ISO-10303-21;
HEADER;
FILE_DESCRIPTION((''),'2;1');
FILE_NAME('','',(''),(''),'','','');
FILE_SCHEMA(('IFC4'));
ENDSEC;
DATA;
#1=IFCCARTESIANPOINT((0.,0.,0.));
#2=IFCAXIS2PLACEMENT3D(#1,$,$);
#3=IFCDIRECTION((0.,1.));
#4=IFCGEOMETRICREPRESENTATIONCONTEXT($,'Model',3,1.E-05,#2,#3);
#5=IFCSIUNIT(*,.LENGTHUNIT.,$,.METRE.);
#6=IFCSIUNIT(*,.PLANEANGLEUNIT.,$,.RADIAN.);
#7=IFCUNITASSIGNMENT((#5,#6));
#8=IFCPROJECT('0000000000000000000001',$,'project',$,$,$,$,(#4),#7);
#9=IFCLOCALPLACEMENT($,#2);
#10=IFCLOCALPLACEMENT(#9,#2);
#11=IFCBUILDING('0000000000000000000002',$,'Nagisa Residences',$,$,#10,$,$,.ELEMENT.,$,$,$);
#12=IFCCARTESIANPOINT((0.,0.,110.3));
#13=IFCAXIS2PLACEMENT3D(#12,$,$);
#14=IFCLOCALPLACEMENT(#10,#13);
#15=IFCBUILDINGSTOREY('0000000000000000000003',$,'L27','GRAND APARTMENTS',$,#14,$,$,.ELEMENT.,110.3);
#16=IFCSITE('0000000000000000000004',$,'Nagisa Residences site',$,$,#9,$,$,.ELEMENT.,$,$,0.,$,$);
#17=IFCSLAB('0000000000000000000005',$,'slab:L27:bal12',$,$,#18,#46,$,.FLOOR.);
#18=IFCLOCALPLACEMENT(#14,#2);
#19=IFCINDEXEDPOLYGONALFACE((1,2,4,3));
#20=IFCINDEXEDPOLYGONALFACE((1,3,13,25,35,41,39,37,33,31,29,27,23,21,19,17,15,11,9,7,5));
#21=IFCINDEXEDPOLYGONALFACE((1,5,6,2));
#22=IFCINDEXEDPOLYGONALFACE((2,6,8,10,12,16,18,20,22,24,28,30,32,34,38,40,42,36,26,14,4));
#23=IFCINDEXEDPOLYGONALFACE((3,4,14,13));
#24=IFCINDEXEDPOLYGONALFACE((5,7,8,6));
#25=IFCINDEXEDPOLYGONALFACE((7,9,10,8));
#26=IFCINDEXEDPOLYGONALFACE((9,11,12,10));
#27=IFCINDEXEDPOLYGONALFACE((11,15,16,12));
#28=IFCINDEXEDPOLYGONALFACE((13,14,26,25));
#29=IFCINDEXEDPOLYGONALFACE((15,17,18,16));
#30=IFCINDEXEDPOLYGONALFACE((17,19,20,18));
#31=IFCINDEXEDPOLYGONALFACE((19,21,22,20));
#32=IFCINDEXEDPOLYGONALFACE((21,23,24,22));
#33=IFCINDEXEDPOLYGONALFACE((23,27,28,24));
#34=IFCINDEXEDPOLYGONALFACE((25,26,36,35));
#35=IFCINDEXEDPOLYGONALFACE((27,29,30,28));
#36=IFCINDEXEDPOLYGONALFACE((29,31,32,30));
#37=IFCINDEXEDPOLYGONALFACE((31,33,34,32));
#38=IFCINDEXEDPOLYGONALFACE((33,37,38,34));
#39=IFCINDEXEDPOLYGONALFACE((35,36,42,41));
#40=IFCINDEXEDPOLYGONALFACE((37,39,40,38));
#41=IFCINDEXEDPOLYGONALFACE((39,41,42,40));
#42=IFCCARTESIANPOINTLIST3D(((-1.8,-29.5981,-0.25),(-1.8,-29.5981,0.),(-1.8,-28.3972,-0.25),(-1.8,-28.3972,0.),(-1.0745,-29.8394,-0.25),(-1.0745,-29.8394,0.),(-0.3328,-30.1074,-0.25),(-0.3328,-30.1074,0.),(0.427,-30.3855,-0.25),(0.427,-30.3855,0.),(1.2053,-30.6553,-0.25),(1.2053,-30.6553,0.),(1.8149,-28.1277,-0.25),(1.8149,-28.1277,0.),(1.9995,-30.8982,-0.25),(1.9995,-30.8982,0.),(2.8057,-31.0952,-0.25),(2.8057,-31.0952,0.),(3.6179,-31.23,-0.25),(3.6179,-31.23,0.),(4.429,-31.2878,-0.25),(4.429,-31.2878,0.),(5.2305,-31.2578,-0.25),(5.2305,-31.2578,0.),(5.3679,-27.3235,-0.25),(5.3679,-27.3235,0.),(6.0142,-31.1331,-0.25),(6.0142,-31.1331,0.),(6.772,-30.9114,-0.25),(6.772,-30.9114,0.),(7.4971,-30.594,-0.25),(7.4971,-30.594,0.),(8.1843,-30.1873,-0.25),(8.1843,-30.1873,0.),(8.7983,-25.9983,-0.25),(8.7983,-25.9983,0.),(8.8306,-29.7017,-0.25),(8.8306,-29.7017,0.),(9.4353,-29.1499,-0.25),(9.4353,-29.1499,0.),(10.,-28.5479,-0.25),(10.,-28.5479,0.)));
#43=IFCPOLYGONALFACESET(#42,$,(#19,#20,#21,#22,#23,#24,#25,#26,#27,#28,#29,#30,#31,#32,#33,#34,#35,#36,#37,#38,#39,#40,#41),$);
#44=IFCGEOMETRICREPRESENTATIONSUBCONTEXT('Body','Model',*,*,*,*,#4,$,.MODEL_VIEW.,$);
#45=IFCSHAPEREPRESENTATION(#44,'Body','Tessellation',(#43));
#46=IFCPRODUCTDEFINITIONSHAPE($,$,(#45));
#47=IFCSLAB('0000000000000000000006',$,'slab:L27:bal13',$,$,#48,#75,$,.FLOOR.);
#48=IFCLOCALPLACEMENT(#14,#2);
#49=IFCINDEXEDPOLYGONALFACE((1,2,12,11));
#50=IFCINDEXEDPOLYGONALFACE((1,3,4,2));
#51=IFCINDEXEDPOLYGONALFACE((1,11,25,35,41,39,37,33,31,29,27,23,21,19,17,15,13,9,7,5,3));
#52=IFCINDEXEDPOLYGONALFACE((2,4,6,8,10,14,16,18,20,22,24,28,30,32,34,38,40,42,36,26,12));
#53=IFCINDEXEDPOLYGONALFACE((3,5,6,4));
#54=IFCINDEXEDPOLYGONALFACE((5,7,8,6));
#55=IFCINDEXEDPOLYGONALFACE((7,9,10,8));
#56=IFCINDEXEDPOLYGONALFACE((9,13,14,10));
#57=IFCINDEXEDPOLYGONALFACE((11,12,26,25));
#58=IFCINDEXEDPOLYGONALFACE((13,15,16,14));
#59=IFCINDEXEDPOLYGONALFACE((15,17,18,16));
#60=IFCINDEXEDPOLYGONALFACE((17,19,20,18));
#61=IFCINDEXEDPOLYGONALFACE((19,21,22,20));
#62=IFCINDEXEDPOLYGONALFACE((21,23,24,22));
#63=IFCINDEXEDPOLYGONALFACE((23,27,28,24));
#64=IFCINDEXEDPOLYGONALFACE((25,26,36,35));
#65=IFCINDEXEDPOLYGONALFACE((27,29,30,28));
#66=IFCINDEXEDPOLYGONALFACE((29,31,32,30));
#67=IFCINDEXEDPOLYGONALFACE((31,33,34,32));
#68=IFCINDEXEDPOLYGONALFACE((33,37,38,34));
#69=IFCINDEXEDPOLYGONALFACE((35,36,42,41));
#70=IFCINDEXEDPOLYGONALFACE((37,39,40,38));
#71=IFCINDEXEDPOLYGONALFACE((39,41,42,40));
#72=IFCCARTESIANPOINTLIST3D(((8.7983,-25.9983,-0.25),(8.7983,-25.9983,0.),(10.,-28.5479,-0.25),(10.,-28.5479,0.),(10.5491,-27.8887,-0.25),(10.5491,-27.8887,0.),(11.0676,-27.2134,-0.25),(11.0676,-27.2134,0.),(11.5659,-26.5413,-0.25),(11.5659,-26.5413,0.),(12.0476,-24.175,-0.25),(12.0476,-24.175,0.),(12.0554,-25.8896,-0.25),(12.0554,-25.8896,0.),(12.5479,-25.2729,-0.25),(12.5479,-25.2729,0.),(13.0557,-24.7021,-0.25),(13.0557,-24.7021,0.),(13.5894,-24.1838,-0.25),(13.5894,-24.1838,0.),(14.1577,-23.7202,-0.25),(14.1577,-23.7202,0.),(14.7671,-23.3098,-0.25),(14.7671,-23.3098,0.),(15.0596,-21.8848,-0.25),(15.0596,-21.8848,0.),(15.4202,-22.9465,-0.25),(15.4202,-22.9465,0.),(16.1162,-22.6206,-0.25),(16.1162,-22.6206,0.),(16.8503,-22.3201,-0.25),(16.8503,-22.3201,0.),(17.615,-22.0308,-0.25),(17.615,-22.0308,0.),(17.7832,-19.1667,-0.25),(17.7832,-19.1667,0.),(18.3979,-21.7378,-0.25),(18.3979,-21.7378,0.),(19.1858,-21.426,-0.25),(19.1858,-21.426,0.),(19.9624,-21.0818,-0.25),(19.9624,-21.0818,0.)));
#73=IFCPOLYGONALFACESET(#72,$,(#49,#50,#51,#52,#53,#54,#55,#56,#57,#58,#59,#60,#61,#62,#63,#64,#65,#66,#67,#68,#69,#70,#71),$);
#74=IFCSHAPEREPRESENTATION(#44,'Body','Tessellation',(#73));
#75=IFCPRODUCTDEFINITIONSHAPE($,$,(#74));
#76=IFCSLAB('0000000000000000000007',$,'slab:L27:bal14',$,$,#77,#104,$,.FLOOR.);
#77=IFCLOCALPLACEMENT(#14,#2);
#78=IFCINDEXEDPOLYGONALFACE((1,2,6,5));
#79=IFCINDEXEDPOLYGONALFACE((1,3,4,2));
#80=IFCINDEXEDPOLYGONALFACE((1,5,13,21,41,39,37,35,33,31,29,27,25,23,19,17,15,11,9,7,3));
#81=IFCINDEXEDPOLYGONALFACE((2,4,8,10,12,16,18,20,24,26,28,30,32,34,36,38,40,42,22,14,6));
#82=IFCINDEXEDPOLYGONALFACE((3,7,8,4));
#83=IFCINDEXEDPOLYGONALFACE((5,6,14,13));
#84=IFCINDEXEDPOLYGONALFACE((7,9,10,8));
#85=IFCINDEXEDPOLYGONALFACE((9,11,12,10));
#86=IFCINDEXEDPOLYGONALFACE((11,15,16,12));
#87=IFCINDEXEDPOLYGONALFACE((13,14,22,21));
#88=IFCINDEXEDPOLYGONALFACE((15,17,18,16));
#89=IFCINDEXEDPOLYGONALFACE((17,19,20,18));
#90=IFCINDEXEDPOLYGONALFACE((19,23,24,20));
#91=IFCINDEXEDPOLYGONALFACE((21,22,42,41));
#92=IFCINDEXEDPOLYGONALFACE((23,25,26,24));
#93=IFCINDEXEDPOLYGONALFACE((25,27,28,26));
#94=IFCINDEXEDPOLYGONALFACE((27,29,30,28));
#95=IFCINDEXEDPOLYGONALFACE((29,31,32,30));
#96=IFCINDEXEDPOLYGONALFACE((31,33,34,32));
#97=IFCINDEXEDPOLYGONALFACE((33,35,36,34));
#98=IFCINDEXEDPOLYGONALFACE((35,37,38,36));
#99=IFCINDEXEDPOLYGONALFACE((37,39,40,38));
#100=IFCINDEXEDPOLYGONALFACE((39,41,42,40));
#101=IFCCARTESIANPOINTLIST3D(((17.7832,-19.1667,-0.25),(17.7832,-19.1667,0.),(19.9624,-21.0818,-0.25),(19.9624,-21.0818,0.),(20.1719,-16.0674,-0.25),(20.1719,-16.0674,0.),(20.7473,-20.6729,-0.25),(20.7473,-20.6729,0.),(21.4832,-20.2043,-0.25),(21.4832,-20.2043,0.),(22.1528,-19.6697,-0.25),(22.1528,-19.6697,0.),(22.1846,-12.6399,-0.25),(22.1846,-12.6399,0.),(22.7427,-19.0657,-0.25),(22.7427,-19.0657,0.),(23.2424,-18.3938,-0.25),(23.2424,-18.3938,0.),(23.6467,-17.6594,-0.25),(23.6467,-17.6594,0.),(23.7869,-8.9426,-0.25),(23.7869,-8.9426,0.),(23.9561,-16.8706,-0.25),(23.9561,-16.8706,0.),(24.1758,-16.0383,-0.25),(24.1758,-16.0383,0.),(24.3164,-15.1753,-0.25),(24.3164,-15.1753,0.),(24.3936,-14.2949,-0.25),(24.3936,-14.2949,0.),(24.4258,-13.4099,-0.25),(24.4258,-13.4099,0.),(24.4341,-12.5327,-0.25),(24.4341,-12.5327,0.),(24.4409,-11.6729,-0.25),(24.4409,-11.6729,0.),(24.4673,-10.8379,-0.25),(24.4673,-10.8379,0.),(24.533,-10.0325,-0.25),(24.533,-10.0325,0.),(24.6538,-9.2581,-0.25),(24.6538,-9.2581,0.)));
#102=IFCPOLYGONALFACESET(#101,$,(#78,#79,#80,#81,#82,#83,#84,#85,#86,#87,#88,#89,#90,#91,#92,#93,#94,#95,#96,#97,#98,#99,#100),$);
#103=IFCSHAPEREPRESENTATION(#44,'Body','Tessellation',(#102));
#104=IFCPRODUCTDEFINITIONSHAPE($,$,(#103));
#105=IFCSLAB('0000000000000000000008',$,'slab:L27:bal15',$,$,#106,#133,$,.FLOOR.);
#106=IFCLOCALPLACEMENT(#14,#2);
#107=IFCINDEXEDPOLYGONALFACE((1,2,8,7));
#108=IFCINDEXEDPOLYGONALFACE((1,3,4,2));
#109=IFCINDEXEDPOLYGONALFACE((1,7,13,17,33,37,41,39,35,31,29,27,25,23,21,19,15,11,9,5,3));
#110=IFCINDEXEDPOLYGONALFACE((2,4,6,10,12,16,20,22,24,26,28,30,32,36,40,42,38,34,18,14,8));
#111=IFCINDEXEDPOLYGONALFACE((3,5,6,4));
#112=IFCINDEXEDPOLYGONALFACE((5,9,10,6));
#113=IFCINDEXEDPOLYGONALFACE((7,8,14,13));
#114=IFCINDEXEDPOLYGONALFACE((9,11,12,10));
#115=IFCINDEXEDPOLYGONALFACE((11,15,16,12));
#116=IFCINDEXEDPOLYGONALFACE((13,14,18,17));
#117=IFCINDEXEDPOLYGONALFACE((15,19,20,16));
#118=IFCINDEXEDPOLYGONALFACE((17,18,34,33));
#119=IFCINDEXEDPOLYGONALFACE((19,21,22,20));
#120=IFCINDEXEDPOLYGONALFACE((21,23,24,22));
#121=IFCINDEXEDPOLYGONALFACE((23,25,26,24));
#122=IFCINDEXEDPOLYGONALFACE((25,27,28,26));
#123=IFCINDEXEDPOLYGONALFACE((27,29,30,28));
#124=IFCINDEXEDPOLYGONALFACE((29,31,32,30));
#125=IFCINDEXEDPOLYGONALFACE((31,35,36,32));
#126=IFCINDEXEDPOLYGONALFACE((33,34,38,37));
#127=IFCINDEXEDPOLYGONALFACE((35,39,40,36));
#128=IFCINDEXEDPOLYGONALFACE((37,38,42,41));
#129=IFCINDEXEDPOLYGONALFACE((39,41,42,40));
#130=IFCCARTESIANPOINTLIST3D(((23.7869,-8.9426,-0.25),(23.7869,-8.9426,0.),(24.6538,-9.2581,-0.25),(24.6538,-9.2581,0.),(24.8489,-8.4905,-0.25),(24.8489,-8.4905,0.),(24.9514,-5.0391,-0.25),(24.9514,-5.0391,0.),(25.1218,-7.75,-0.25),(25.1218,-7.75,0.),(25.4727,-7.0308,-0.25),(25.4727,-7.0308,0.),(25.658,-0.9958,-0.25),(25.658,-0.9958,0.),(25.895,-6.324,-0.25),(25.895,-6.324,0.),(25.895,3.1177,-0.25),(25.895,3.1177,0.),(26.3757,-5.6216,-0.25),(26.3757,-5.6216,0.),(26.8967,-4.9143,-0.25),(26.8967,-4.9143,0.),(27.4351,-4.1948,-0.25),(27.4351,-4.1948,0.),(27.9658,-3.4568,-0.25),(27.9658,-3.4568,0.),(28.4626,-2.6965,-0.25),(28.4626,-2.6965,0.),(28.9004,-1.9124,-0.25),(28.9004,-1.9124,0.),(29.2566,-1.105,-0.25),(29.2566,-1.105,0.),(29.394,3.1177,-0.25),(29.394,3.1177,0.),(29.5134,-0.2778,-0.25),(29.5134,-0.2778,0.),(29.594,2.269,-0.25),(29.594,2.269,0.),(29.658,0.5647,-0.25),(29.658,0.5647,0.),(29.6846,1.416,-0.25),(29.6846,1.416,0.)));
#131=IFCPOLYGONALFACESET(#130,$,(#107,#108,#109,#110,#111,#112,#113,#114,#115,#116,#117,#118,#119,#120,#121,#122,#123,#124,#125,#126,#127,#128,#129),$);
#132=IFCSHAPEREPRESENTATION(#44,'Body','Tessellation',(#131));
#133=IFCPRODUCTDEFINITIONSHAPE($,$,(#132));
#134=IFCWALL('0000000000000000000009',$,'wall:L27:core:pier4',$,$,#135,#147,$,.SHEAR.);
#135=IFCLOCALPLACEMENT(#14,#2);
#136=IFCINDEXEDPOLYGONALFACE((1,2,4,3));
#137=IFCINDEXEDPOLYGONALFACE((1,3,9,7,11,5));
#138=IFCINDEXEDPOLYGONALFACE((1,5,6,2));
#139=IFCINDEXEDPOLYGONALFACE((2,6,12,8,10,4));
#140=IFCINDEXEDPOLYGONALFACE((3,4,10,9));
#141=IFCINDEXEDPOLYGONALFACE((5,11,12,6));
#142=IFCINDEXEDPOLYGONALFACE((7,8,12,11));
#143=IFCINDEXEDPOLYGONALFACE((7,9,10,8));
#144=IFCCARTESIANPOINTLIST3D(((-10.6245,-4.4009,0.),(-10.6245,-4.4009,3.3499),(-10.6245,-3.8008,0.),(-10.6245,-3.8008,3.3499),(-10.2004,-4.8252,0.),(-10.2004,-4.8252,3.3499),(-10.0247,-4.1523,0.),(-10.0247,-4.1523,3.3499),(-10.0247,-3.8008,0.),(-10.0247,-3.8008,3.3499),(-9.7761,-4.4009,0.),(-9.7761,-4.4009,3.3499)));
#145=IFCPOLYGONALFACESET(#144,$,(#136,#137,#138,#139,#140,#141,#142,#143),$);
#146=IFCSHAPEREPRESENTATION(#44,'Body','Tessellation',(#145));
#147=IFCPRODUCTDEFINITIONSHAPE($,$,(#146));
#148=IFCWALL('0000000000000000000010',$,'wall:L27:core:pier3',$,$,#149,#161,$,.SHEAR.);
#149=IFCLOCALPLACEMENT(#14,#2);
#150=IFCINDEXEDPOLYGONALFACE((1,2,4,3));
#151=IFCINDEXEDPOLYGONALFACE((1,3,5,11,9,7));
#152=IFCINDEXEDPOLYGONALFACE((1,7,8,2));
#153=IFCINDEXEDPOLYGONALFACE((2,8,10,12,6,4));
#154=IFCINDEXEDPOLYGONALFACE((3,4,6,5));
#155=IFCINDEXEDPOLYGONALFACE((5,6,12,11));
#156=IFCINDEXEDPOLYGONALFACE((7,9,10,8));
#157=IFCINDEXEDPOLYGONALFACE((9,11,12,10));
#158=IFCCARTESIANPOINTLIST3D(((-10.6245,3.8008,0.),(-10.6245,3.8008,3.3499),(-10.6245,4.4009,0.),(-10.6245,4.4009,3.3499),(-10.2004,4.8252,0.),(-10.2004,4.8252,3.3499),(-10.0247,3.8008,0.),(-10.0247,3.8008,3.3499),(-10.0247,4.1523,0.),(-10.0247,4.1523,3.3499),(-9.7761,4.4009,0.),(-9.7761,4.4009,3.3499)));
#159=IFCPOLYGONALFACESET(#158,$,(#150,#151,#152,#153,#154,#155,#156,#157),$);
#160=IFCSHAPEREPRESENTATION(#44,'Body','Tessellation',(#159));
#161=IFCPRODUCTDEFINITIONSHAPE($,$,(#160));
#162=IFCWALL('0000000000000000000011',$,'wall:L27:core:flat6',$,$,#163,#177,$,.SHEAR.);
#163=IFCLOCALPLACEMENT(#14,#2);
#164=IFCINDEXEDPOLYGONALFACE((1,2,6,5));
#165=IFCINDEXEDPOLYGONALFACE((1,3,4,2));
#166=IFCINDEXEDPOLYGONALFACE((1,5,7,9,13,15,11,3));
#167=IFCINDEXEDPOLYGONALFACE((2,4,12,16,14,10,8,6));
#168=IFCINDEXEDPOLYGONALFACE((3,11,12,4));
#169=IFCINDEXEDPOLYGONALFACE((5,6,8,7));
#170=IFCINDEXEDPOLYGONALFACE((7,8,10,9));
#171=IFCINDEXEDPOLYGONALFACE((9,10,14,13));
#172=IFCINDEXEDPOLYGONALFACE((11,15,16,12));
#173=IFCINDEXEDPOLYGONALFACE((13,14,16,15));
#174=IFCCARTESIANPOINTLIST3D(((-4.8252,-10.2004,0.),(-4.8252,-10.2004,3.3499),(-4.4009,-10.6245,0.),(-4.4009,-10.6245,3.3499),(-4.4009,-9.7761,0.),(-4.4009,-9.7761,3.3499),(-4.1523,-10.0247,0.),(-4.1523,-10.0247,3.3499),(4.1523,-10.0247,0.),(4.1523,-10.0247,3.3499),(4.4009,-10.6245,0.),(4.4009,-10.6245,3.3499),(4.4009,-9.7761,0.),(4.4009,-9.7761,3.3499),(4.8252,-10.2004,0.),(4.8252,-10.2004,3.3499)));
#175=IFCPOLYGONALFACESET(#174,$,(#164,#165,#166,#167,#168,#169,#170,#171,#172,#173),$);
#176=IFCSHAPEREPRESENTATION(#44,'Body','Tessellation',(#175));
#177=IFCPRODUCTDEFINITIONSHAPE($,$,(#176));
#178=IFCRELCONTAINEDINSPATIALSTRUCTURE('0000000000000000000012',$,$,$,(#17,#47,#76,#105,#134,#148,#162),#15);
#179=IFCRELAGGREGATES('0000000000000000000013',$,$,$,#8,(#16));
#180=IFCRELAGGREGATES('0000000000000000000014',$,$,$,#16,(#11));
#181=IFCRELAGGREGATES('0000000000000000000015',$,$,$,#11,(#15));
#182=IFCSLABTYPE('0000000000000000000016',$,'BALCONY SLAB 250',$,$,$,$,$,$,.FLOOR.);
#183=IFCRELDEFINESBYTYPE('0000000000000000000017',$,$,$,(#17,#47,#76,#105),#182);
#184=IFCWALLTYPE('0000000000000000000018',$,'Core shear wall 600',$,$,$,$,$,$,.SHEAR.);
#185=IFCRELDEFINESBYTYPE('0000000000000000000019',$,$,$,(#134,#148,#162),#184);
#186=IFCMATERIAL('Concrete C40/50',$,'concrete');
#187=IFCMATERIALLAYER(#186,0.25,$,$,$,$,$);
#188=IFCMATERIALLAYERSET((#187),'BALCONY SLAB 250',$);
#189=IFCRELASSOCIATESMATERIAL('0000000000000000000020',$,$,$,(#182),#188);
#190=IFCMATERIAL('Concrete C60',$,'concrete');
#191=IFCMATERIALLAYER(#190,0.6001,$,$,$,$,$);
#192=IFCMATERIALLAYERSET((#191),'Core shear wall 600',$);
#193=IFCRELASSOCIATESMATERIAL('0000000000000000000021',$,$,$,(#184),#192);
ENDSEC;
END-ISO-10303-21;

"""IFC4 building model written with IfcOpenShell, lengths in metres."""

from ifc_helpers import new_model, si_unit, direction, frame, origin, place, context, subcontext, project, spatial, polyline, outline, extrude, material, layer, layer_set, type_object, element, save


model = new_model("IFC4")

# Units and contexts
model_context = context("Model", 3, precision=1e-05, world=origin(), true_north=direction((0.0, 1.0)))
body_context = subcontext(model_context, "Body", "Model", "MODEL_VIEW")
ifc_project = project(units=[si_unit("LENGTHUNIT", "METRE"), si_unit("PLANEANGLEUNIT", "RADIAN")], contexts=[model_context])

# Site, building, storey
site_placement = place(None, origin())
site = spatial("IfcSite", under=ifc_project, at=site_placement, Name="Nagisa Residences site", CompositionType="ELEMENT", RefElevation=0.0)
building_placement = place(site_placement, origin())
building = spatial("IfcBuilding", under=site, at=building_placement, Name="Nagisa Residences", CompositionType="ELEMENT")
storey_placement = place(building_placement, frame((0.0, 0.0, 110.3)))
storey = spatial("IfcBuildingStorey", under=building, at=storey_placement, Name="L27", Description="GRAND APARTMENTS", CompositionType="ELEMENT", Elevation=110.3)

# Slabs
ifc_material_1 = material(Name="Concrete C40/50", Category="concrete")
ifc_layer_1 = layer(ifc_material_1, 0.25)
ifc_layer_set_1 = layer_set([ifc_layer_1], Name="BALCONY SLAB 250")
slab_type = type_object("IfcSlabType", Name="BALCONY SLAB 250", PredefinedType="FLOOR", material=ifc_layer_set_1)
slab_1_placement = place(storey_placement, frame((0.0, 0.0, -0.25)))
element("IfcSlab", 1, at=slab_1_placement, inside=storey, type_object=slab_type, Name="slab:L27:bal12", PredefinedType="FLOOR", context=body_context, shape_type="SweptSolid", body=[
    extrude(outline(polyline([(-1.8, -29.5981), (-1.0745, -29.8394), (-0.3328, -30.1074), (0.427, -30.3855), (1.2053, -30.6553), (1.9995, -30.8982), (2.8057, -31.0952), (3.6179, -31.23), (4.429, -31.2878), (5.2305, -31.2578), (6.0142, -31.1331), (6.772, -30.9114), (7.4971, -30.594), (8.1843, -30.1873), (8.8306, -29.7017), (9.4353, -29.1499), (10.0, -28.5479), (8.7983, -25.9983), (5.3679, -27.3235), (1.8149, -28.1277), (-1.8, -28.3972), (-1.8, -29.5981)])), origin(), (0.0, 0.0, 1.0), 0.25),
])
slab_2_placement = place(storey_placement, frame((0.0, 0.0, -0.25)))
element("IfcSlab", 2, at=slab_2_placement, inside=storey, type_object=slab_type, Name="slab:L27:bal13", PredefinedType="FLOOR", context=body_context, shape_type="SweptSolid", body=[
    extrude(outline(polyline([(10.0, -28.5479), (10.5491, -27.8887), (11.0676, -27.2134), (11.5659, -26.5413), (12.0554, -25.8896), (12.5479, -25.2729), (13.0557, -24.7021), (13.5894, -24.1838), (14.1577, -23.7202), (14.7671, -23.3098), (15.4202, -22.9465), (16.1162, -22.6206), (16.8503, -22.3201), (17.615, -22.0308), (18.3979, -21.7378), (19.1858, -21.426), (19.9624, -21.0818), (17.7832, -19.1667), (15.0596, -21.8848), (12.0476, -24.175), (8.7983, -25.9983), (10.0, -28.5479)])), origin(), (0.0, 0.0, 1.0), 0.25),
])
slab_3_placement = place(storey_placement, frame((0.0, 0.0, -0.25)))
element("IfcSlab", 3, at=slab_3_placement, inside=storey, type_object=slab_type, Name="slab:L27:bal14", PredefinedType="FLOOR", context=body_context, shape_type="SweptSolid", body=[
    extrude(outline(polyline([(19.9624, -21.0818), (20.7473, -20.6729), (21.4832, -20.2043), (22.1528, -19.6697), (22.7427, -19.0657), (23.2424, -18.3938), (23.6467, -17.6594), (23.9561, -16.8706), (24.1758, -16.0383), (24.3164, -15.1753), (24.3936, -14.2949), (24.4258, -13.4099), (24.4341, -12.5327), (24.4409, -11.6729), (24.4673, -10.8379), (24.533, -10.0325), (24.6538, -9.2581), (23.7869, -8.9426), (22.1846, -12.6399), (20.1719, -16.0674), (17.7832, -19.1667), (19.9624, -21.0818)])), origin(), (0.0, 0.0, 1.0), 0.25),
])
slab_4_placement = place(storey_placement, frame((0.0, 0.0, -0.25)))
element("IfcSlab", 4, at=slab_4_placement, inside=storey, type_object=slab_type, Name="slab:L27:bal15", PredefinedType="FLOOR", context=body_context, shape_type="SweptSolid", body=[
    extrude(outline(polyline([(24.6538, -9.2581), (24.8489, -8.4905), (25.1218, -7.75), (25.4727, -7.0308), (25.895, -6.324), (26.3757, -5.6216), (26.8967, -4.9143), (27.4351, -4.1948), (27.9658, -3.4568), (28.4626, -2.6965), (28.9004, -1.9124), (29.2566, -1.105), (29.5134, -0.2778), (29.658, 0.5647), (29.6846, 1.416), (29.594, 2.269), (29.394, 3.1177), (25.895, 3.1177), (25.658, -0.9958), (24.9514, -5.0391), (23.7869, -8.9426), (24.6538, -9.2581)])), origin(), (0.0, 0.0, 1.0), 0.25),
])

# Walls
ifc_material_2 = material(Name="Concrete C60", Category="concrete")
ifc_layer_2 = layer(ifc_material_2, 0.6001)
ifc_layer_set_2 = layer_set([ifc_layer_2], Name="Core shear wall 600")
wall_type_1 = type_object("IfcWallType", Name="Core shear wall 600", PredefinedType="SHEAR", material=ifc_layer_set_2)
wall_1_placement = place(storey_placement, origin())
element("IfcWall", 5, at=wall_1_placement, inside=storey, type_object=wall_type_1, Name="wall:L27:core:pier4", PredefinedType="SHEAR", context=body_context, shape_type="SweptSolid", body=[
    extrude(outline(polyline([(-10.6245, -3.8008), (-10.0247, -3.8008), (-10.0247, -4.1523), (-9.7761, -4.4009), (-10.2004, -4.8252), (-10.6245, -4.4009), (-10.6245, -3.8008)])), origin(), (0.0, 0.0, 1.0), 3.3499),
])
wall_2_placement = place(storey_placement, origin())
element("IfcWall", 6, at=wall_2_placement, inside=storey, type_object=wall_type_1, Name="wall:L27:core:pier3", PredefinedType="SHEAR", context=body_context, shape_type="SweptSolid", body=[
    extrude(outline(polyline([(-10.2004, 4.8252), (-9.7761, 4.4009), (-10.0247, 4.1523), (-10.0247, 3.8008), (-10.6245, 3.8008), (-10.6245, 4.4009), (-10.2004, 4.8252)])), origin(), (0.0, 0.0, 1.0), 3.3499),
])
wall_3_placement = place(storey_placement, origin())
element("IfcWall", 7, at=wall_3_placement, inside=storey, type_object=wall_type_1, Name="wall:L27:core:flat6", PredefinedType="SHEAR", context=body_context, shape_type="SweptSolid", body=[
    extrude(outline(polyline([(-4.1523, -10.0247), (4.1523, -10.0247), (4.4009, -9.7761), (4.8252, -10.2004), (4.4009, -10.6245), (-4.4009, -10.6245), (-4.8252, -10.2004), (-4.4009, -9.7761), (-4.1523, -10.0247)])), origin(), (0.0, 0.0, 1.0), 3.3499),
])

save(model, "model.ifc")
